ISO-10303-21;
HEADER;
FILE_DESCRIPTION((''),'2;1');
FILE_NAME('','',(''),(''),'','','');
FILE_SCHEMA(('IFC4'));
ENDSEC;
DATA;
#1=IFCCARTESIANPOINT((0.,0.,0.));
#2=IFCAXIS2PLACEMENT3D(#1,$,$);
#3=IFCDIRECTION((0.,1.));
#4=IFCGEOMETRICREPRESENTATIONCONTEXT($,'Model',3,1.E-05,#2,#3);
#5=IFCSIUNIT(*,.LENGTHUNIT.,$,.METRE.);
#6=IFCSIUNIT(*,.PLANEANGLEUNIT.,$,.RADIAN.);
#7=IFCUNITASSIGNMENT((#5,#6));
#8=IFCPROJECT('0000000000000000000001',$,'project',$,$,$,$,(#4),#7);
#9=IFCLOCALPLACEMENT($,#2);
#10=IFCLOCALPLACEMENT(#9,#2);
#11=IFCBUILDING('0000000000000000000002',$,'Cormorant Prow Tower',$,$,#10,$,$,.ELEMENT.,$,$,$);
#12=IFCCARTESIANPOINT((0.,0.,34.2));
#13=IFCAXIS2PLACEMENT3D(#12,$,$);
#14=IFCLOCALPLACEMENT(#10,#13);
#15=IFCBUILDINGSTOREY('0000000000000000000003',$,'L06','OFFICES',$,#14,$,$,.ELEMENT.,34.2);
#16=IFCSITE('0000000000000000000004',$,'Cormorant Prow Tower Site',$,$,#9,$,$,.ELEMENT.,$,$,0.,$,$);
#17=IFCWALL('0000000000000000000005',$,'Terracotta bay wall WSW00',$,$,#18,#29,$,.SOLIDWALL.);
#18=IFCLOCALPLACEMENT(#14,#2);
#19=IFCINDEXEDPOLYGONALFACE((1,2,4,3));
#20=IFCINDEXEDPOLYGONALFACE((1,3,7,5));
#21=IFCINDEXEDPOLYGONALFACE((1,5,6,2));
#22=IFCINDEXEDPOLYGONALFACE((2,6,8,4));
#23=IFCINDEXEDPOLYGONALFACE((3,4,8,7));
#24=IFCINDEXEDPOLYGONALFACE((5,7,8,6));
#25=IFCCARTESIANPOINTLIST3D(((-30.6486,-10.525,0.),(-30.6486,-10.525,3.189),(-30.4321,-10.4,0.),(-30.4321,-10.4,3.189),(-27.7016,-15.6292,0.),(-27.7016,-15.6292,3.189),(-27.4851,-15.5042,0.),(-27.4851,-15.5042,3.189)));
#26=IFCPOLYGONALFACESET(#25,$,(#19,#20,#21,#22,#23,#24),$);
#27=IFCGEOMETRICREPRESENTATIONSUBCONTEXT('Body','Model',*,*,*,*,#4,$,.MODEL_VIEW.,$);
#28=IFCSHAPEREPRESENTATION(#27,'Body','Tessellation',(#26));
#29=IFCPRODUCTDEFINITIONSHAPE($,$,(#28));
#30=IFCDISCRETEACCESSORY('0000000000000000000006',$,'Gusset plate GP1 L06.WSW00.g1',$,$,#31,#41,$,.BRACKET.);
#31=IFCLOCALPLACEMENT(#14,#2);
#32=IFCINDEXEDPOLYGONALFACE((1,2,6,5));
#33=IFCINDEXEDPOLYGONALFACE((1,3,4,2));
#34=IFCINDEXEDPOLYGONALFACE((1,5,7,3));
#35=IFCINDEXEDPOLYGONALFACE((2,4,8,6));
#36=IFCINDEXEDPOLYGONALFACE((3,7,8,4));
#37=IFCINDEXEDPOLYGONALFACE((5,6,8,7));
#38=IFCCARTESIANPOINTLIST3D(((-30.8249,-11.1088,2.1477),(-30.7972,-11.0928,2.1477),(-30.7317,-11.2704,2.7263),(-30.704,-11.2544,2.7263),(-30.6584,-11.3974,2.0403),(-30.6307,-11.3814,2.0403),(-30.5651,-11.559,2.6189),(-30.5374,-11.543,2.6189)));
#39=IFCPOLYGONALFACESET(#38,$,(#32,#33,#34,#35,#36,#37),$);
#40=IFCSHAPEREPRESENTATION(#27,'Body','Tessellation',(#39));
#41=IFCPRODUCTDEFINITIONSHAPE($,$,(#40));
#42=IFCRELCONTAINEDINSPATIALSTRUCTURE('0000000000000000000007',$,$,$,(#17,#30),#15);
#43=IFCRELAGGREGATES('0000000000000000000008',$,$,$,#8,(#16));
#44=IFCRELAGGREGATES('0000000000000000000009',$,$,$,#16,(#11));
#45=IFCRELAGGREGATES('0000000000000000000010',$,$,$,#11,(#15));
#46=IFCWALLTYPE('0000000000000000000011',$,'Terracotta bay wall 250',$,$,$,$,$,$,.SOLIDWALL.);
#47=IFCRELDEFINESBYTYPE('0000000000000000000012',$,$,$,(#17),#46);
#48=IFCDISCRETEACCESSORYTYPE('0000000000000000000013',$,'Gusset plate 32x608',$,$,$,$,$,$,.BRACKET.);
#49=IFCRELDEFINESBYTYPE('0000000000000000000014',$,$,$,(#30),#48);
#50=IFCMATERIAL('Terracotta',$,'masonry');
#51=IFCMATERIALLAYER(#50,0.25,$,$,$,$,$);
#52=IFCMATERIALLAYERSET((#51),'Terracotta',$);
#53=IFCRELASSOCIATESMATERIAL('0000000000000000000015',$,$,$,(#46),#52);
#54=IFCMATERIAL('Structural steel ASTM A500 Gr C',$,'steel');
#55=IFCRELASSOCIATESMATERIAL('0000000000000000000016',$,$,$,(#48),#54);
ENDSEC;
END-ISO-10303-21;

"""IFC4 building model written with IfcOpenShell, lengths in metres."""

from ifc_helpers import new_model, si_unit, direction, frame, frame_2d, origin, origin_2d, place, context, subcontext, project, spatial, rectangle, extrude, material, layer, layer_set, material_profile, profile_set, type_object, element, save


model = new_model("IFC4")

# Units and contexts
model_context = context("Model", 3, precision=1e-05, world=origin(), true_north=direction((0.0, 1.0)))
body_context = subcontext(model_context, "Body", "Model", "MODEL_VIEW")
ifc_project = project(units=[si_unit("LENGTHUNIT", "METRE"), si_unit("PLANEANGLEUNIT", "RADIAN")], contexts=[model_context])

# Site, building, storey
site_placement = place(None, origin())
site = spatial("IfcSite", under=ifc_project, at=site_placement, Name="Cormorant Prow Tower Site", CompositionType="ELEMENT", RefElevation=0.0)
building_placement = place(site_placement, origin())
building = spatial("IfcBuilding", under=site, at=building_placement, Name="Cormorant Prow Tower", CompositionType="ELEMENT")
storey_placement = place(building_placement, frame((0.0, 0.0, 34.2)))
storey = spatial("IfcBuildingStorey", under=building, at=storey_placement, Name="L06", Description="OFFICES", CompositionType="ELEMENT", Elevation=34.2)

# Wall
ifc_material_1 = material(Name="Terracotta", Category="masonry")
ifc_layer_1 = layer(ifc_material_1, 0.25)
ifc_layer_set_1 = layer_set([ifc_layer_1], Name="Terracotta")
wall_type_1 = type_object("IfcWallType", Name="Terracotta bay wall 250", PredefinedType="SOLIDWALL", material=ifc_layer_set_1)
wall_1_placement = place(storey_placement, frame((-30.5403, -10.4626, 0.0), z_axis=(0.0, 0.0, 1.0), x_axis=(0.50001, -0.866019, 0.0)))
element("IfcWall", 1, at=wall_1_placement, inside=storey, type_object=wall_type_1, Name="Terracotta bay wall WSW00", PredefinedType="SOLIDWALL", context=body_context, shape_type="SweptSolid", body=[
    extrude(rectangle(XDim=5.8938, YDim=0.25, at=frame_2d((2.9468, 0.0))), origin(), (0.0, 0.0, 1.0), 3.189),
])

# Discrete accessory
ifc_material_2 = material(Name="Structural steel ASTM A500 Gr C", Category="steel")
ifc_material_profile_1 = material_profile(ifc_material_2, rectangle(XDim=0.032, YDim=0.6079, at=origin_2d()), Name="Gusset plate 32x608")
ifc_profile_set_1 = profile_set([ifc_material_profile_1], Name="Structural steel ASTM A500 Gr C")
discrete_accessory_type = type_object("IfcDiscreteAccessoryType", Name="Gusset plate 32x608", PredefinedType="BRACKET", material=ifc_profile_set_1)
discrete_accessory_placement = place(storey_placement, frame((-30.5979, -11.4702, 2.3296), z_axis=(-0.475652, 0.82437, 0.306872), x_axis=(-0.866161, -0.499765, 0.0)))
element("IfcDiscreteAccessory", 2, at=discrete_accessory_placement, inside=storey, type_object=discrete_accessory_type, Name="Gusset plate GP1 L06.WSW00.g1", PredefinedType="BRACKET", context=body_context, shape_type="SweptSolid", body=[
    extrude(rectangle(XDim=0.032, YDim=0.6079, at=origin_2d()), origin(), (0.0, 0.0, 1.0), 0.3501),
])

save(model, "model.ifc")
